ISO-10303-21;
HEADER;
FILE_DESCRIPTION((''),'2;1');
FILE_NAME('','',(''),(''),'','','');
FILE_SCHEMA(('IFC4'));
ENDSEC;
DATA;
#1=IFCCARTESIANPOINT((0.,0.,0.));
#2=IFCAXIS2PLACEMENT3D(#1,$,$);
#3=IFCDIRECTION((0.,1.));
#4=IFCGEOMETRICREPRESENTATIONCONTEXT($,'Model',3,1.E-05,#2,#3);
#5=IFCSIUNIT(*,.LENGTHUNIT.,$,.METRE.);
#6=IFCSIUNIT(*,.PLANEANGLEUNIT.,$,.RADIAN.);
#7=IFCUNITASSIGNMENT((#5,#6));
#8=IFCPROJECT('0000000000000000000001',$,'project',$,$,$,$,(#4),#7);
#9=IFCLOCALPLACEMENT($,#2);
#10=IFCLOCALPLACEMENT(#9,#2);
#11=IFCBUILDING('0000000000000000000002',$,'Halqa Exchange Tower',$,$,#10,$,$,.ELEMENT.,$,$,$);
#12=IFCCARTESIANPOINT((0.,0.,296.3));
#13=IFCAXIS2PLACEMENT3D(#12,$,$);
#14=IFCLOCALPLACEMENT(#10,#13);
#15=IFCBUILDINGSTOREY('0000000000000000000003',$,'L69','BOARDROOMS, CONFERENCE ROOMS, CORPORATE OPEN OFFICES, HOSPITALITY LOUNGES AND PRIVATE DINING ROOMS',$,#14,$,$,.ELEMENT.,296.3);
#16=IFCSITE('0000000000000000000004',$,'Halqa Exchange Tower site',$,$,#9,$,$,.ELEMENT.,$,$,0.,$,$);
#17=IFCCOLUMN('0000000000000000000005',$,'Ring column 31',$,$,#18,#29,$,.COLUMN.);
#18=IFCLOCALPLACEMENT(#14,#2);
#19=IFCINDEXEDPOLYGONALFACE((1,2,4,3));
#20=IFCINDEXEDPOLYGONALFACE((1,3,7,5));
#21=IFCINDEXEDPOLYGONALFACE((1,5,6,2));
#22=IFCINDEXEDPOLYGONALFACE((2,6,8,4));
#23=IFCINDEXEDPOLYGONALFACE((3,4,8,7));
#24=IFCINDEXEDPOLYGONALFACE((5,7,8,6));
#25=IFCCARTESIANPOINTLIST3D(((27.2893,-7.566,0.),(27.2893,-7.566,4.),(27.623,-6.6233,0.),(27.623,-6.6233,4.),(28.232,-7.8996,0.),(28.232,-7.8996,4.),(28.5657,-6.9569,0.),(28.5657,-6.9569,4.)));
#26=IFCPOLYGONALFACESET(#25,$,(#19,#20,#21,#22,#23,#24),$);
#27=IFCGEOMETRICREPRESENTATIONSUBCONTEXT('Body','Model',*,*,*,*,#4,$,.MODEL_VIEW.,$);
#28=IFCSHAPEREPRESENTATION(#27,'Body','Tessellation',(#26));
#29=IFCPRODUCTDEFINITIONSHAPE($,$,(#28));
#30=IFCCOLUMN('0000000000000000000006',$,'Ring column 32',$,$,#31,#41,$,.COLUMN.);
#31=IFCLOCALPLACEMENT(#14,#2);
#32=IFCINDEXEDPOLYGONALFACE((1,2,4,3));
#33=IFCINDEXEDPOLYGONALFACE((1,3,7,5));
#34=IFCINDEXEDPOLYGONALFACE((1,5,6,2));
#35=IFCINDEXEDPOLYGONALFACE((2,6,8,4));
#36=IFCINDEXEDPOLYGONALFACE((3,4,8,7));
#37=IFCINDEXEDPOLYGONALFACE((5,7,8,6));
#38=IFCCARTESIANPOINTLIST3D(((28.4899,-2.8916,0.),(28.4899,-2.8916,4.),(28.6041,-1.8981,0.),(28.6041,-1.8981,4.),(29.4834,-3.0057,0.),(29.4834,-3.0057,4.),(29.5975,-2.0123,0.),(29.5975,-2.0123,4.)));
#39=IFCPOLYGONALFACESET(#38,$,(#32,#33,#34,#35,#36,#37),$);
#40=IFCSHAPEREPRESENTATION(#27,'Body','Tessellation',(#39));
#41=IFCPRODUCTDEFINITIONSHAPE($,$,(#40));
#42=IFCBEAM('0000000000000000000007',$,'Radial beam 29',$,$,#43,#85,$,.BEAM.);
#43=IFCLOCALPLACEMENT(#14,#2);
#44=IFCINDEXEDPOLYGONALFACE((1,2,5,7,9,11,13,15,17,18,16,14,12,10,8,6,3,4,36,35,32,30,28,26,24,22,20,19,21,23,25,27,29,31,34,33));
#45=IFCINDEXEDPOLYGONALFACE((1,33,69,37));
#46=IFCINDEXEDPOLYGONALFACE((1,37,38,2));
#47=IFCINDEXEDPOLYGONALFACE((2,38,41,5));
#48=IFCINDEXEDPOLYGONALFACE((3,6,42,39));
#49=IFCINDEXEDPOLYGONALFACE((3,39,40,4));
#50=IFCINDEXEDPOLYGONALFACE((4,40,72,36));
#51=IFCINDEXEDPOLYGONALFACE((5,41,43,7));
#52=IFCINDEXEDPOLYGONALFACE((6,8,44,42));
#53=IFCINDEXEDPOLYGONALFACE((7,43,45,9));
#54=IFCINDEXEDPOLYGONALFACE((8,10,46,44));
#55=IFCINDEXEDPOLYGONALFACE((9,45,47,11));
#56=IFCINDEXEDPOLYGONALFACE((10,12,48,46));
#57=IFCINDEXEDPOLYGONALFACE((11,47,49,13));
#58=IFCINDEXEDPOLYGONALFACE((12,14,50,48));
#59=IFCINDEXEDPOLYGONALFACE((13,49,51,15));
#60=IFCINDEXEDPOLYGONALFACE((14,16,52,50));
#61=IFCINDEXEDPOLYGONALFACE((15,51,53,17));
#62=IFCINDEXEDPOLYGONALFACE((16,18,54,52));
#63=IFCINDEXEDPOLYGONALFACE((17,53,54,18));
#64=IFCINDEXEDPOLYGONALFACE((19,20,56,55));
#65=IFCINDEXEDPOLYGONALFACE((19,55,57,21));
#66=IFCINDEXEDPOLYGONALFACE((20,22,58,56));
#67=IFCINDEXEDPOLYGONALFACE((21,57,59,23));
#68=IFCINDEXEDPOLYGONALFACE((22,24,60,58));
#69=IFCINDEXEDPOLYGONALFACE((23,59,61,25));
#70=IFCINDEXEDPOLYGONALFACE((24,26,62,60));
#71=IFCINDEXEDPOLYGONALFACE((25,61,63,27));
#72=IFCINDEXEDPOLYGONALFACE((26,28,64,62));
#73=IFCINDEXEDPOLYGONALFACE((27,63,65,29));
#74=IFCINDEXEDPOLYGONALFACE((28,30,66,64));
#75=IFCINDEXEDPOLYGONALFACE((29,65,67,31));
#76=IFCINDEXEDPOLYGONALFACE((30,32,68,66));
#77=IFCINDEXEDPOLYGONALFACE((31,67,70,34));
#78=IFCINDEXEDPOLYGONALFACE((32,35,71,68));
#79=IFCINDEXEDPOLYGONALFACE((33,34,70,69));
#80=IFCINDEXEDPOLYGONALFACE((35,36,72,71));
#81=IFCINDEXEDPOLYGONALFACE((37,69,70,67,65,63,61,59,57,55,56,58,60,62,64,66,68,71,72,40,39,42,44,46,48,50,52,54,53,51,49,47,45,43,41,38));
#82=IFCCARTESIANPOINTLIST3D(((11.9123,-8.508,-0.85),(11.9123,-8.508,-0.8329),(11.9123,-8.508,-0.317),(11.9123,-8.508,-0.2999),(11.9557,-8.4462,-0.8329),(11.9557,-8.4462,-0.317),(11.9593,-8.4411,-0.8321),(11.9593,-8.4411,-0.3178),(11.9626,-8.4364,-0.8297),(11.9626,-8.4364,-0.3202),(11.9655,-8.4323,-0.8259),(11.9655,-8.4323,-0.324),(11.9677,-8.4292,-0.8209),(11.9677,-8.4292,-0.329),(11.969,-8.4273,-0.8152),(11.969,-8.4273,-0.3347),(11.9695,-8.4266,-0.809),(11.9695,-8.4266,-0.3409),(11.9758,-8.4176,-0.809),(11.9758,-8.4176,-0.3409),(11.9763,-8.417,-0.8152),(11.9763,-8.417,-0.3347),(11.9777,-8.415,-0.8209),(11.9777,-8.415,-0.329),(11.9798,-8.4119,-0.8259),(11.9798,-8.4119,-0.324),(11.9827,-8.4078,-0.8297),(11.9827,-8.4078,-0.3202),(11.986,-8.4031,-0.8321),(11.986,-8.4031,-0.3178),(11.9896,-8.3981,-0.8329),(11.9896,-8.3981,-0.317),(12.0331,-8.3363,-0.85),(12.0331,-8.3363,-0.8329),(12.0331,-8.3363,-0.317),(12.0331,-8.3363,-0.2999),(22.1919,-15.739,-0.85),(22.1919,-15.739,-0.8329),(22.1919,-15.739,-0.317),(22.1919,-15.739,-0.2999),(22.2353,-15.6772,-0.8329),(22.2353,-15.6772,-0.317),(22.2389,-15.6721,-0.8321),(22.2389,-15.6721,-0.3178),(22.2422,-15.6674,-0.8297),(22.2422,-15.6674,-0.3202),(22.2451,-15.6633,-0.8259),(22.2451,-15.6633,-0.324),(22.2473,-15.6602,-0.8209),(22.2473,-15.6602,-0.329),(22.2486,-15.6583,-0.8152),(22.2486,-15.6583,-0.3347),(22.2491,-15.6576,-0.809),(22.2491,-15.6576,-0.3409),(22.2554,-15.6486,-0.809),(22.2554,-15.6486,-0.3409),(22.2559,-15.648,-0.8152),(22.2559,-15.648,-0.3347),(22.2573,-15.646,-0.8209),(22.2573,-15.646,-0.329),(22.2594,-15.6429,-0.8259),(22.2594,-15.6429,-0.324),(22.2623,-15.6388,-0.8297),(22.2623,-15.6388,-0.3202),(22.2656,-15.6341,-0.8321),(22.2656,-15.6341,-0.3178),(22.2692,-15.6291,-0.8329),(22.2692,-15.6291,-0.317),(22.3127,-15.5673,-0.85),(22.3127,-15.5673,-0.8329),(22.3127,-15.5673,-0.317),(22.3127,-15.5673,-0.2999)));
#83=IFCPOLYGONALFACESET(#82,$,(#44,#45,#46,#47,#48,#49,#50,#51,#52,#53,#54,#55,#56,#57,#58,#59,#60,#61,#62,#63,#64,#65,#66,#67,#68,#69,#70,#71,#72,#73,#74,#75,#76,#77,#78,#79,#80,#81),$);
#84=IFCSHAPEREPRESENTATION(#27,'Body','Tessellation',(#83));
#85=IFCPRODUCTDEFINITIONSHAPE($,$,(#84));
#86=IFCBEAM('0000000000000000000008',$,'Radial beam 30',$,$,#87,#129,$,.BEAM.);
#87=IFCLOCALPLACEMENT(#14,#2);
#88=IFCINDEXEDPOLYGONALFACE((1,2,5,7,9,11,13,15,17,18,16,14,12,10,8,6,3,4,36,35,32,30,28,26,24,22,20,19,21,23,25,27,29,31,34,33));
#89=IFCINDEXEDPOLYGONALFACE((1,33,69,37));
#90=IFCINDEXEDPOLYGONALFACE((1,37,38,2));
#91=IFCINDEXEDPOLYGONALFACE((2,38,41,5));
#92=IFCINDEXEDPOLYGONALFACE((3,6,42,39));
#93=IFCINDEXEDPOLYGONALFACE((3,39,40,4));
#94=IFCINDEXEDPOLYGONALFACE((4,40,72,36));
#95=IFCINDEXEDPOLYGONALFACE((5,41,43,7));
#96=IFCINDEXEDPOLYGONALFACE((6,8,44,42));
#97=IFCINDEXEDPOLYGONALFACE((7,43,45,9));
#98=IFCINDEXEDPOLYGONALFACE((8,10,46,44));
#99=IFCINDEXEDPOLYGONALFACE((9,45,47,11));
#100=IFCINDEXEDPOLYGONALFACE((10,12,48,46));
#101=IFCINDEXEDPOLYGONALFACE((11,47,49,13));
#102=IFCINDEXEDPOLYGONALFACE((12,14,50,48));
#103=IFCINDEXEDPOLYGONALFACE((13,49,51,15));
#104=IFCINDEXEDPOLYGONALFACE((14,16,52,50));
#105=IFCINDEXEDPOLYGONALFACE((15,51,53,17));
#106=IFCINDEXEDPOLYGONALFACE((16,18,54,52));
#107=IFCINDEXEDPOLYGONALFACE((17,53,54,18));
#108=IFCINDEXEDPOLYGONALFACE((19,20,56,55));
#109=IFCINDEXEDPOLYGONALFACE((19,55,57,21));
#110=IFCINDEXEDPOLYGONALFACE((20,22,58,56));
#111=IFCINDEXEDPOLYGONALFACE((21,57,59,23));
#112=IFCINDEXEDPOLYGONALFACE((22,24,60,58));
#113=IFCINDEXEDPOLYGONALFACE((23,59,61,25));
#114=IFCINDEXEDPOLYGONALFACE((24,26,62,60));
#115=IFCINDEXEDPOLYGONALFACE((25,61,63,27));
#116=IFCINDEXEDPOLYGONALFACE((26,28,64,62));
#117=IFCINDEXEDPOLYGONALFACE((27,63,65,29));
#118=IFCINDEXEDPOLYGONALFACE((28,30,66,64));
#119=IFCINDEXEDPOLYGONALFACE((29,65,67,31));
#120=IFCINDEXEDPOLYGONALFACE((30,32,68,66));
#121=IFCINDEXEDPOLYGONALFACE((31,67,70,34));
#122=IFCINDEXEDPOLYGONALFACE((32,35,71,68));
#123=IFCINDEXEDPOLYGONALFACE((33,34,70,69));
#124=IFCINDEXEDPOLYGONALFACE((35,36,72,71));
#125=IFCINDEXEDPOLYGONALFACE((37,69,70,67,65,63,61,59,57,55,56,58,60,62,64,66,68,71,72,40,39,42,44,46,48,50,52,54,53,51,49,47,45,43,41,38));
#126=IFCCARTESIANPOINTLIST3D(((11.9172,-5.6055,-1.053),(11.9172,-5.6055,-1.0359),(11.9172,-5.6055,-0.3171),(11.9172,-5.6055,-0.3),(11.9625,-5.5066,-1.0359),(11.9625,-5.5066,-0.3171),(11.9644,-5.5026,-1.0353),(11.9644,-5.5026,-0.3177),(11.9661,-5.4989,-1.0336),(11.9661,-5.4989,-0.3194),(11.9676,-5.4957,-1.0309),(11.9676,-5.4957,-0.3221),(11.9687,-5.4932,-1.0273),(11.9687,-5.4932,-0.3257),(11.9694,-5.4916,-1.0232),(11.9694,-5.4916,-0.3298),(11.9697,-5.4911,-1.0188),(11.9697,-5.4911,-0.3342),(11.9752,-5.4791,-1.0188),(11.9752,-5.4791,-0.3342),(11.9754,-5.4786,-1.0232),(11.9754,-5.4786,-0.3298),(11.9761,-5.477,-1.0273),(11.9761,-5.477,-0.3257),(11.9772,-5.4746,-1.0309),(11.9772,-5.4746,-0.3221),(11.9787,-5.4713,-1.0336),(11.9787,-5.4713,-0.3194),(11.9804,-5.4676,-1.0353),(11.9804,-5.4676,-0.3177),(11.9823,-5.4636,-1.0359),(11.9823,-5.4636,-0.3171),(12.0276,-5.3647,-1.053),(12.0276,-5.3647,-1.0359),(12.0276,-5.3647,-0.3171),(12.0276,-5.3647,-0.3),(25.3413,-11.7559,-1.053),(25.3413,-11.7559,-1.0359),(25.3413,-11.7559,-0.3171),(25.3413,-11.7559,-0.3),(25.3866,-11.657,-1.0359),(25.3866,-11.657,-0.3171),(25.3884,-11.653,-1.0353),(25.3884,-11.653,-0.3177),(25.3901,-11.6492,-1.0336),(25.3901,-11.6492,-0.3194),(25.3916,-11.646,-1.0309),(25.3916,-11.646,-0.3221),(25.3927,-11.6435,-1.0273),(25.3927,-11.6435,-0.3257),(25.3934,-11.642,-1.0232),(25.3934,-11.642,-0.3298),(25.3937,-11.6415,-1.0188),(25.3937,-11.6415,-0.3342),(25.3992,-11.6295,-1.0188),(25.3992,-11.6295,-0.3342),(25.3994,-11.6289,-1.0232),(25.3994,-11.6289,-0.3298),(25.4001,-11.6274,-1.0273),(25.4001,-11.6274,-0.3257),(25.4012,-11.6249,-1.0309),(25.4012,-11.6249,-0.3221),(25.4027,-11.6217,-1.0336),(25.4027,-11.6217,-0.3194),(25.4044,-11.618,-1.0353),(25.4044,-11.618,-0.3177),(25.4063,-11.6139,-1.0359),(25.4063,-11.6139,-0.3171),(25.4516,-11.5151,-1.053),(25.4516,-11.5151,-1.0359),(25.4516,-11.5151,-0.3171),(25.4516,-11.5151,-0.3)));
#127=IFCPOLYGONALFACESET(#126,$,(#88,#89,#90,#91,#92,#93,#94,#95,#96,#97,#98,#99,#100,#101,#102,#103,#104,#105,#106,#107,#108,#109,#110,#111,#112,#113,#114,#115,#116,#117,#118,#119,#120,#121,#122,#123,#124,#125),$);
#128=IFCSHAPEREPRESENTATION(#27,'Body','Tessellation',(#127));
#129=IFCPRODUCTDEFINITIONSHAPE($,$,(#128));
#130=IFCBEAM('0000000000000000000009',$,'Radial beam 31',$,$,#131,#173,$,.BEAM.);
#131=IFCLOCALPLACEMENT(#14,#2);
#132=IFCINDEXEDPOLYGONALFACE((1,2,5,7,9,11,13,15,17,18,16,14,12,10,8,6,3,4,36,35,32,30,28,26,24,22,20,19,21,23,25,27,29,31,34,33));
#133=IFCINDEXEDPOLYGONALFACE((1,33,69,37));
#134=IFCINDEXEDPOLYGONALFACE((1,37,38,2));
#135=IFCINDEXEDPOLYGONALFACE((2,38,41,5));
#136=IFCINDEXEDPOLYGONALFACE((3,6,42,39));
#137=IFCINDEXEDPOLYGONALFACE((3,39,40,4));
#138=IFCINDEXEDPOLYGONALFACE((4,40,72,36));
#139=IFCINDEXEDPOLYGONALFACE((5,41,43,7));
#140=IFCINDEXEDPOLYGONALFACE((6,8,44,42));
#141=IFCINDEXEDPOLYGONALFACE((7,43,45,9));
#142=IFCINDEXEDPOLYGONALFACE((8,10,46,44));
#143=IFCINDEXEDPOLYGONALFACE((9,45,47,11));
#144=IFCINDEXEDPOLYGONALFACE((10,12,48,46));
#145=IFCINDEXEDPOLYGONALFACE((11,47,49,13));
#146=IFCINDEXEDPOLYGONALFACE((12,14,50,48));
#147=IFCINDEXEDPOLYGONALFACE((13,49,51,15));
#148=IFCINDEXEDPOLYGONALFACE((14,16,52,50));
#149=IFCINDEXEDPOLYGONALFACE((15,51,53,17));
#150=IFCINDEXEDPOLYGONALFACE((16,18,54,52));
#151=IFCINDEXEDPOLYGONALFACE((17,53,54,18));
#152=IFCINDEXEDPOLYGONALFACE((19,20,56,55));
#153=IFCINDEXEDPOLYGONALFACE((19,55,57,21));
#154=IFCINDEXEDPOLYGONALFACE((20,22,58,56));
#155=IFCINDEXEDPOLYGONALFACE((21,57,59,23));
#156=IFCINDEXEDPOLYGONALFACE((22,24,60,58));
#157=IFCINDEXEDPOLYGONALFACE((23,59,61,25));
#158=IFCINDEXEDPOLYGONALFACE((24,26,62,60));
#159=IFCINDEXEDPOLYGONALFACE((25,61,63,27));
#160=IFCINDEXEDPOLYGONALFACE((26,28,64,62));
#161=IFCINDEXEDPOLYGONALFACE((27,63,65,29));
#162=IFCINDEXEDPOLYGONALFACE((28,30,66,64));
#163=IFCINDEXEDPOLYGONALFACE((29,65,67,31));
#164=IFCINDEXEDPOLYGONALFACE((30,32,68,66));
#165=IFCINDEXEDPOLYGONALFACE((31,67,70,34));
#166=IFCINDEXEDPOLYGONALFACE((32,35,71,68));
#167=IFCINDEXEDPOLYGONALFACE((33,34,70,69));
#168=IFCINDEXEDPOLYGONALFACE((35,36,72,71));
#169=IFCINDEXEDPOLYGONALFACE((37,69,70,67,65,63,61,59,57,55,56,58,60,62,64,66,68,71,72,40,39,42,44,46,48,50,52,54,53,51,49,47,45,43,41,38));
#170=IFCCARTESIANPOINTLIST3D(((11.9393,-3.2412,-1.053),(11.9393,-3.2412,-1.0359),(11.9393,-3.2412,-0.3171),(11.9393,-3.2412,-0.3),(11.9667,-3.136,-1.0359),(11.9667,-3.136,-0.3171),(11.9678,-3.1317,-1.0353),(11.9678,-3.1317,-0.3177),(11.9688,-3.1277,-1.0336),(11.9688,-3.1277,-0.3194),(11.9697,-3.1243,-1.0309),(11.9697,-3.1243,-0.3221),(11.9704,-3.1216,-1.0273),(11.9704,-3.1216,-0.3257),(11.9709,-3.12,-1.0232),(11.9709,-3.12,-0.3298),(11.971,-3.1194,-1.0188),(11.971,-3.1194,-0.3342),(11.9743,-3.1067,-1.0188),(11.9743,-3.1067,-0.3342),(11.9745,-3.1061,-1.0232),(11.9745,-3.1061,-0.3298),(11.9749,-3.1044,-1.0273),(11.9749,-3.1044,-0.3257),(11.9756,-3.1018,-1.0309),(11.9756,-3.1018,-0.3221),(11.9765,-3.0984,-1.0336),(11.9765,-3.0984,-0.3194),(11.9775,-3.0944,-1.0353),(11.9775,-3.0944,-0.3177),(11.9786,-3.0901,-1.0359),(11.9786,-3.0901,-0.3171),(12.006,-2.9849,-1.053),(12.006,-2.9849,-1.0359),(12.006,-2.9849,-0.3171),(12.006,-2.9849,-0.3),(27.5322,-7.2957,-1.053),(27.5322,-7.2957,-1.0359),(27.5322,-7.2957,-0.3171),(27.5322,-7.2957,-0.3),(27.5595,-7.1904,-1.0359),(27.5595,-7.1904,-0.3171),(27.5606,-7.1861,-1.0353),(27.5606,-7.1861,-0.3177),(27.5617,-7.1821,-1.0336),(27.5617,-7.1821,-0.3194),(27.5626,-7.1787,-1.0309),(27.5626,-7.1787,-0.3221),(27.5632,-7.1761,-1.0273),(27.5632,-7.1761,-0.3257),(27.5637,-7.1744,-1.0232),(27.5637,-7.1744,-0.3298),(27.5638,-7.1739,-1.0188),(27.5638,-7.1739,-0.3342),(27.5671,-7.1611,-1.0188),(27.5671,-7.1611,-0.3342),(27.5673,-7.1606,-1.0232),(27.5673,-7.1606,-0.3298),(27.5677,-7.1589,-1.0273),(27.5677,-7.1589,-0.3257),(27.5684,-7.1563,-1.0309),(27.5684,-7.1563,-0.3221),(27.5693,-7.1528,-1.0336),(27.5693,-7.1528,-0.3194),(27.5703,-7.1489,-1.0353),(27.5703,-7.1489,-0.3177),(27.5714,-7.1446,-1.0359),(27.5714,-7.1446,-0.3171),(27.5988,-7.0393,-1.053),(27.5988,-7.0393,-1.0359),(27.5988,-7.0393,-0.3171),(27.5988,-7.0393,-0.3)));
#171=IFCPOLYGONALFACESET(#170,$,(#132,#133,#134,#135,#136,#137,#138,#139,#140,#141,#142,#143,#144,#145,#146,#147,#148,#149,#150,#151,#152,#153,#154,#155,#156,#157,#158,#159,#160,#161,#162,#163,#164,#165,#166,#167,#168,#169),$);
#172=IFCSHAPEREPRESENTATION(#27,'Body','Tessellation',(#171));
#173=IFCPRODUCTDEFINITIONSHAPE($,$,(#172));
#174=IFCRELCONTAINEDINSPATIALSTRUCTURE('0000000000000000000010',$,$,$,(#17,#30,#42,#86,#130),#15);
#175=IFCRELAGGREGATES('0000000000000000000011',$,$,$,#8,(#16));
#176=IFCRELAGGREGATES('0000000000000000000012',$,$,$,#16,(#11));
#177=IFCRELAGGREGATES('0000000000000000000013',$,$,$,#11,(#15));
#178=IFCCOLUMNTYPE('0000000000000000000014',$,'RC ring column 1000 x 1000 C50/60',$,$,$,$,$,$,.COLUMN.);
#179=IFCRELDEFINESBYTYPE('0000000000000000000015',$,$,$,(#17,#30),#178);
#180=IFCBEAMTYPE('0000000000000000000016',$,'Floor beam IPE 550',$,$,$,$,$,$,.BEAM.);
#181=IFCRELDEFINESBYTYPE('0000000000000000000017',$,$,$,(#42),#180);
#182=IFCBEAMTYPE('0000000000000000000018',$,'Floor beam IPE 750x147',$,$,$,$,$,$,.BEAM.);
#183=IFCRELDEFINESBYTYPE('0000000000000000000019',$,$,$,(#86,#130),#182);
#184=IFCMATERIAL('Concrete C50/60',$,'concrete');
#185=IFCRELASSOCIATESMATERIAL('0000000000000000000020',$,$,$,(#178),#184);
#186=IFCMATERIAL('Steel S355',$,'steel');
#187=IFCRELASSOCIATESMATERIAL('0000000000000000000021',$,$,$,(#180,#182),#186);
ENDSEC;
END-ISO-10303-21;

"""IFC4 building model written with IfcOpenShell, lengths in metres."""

from ifc_helpers import new_model, si_unit, direction, frame, origin, origin_2d, place, context, subcontext, project, spatial, rectangle, i_section, extrude, material, material_profile, profile_set, type_object, element, save


model = new_model("IFC4")

# Units and contexts
model_context = context("Model", 3, precision=1e-05, world=origin(), true_north=direction((0.0, 1.0)))
body_context = subcontext(model_context, "Body", "Model", "MODEL_VIEW")
ifc_project = project(units=[si_unit("LENGTHUNIT", "METRE"), si_unit("PLANEANGLEUNIT", "RADIAN")], contexts=[model_context])

# Site, building, storey
site_placement = place(None, origin())
site = spatial("IfcSite", under=ifc_project, at=site_placement, Name="Halqa Exchange Tower site", CompositionType="ELEMENT", RefElevation=0.0)
building_placement = place(site_placement, origin())
building = spatial("IfcBuilding", under=site, at=building_placement, Name="Halqa Exchange Tower", CompositionType="ELEMENT")
storey_placement = place(building_placement, frame((0.0, 0.0, 296.3)))
storey = spatial("IfcBuildingStorey", under=building, at=storey_placement, Name="L69", Description="BOARDROOMS, CONFERENCE ROOMS, CORPORATE OPEN OFFICES, HOSPITALITY LOUNGES AND PRIVATE DINING ROOMS", CompositionType="ELEMENT", Elevation=296.3)

# Columns
ifc_material_1 = material(Name="Concrete C50/60", Category="concrete")
ifc_material_profile_1 = material_profile(ifc_material_1, rectangle(XDim=1.0, YDim=1.0, at=origin_2d()), Name="1000 x 1000")
ifc_profile_set_1 = profile_set([ifc_material_profile_1], Name="Concrete C50/60")
column_type = type_object("IfcColumnType", Name="RC ring column 1000 x 1000 C50/60", PredefinedType="COLUMN", material=ifc_profile_set_1)
for number, where, z_axis, x_axis, name in (
    (1, (27.9275, -7.2615, 0.0), (0.0, 0.0, 1.0), (0.333628, 0.942705, 0.0), "Ring column 31"),
    (2, (29.0437, -2.4519, 0.0), (0.0, 0.0, 1.0), (0.114162, 0.993462, 0.0), "Ring column 32"),
):
    element("IfcColumn", number, at=place(storey_placement, frame(where, z_axis=z_axis, x_axis=x_axis)), inside=storey, type_object=column_type, Name=name, PredefinedType="COLUMN", context=body_context, shape_type="SweptSolid", body=[
        extrude(rectangle(XDim=1.0, YDim=1.0, at=origin_2d()), origin(), (0.0, 0.0, 1.0), 4.0),
    ])

# Beams
ifc_material_2 = material(Name="Steel S355", Category="steel")
ifc_material_profile_2 = material_profile(ifc_material_2, i_section(OverallWidth=0.21, OverallDepth=0.55, WebThickness=0.011, FlangeThickness=0.0171, FilletRadius=0.0239, at=origin_2d()), Name="IPE 550")
ifc_profile_set_2 = profile_set([ifc_material_profile_2], Name="Steel S355")
beam_type_1 = type_object("IfcBeamType", Name="Floor beam IPE 550", PredefinedType="BEAM", material=ifc_profile_set_2)
beam_1_placement = place(storey_placement, frame((11.9727, -8.4221, -0.575), z_axis=(0.817911, -0.575345, 0.0), x_axis=(0.575345, 0.817911, 0.0)))
element("IfcBeam", 3, at=beam_1_placement, inside=storey, type_object=beam_type_1, Name="Radial beam 29", PredefinedType="BEAM", context=body_context, shape_type="SweptSolid", body=[
    extrude(i_section(OverallWidth=0.21, OverallDepth=0.55, WebThickness=0.011, FlangeThickness=0.0171, FilletRadius=0.0239, at=origin_2d()), origin(), (0.0, 0.0, 1.0), 12.5681),
])
ifc_material_profile_3 = material_profile(ifc_material_2, i_section(OverallWidth=0.2649, OverallDepth=0.7529, WebThickness=0.0132, FlangeThickness=0.0171, FilletRadius=0.0171, at=origin_2d()), Name="IPE 750x147")
ifc_profile_set_3 = profile_set([ifc_material_profile_3], Name="Steel S355")
beam_type_2 = type_object("IfcBeamType", Name="Floor beam IPE 750x147", PredefinedType="BEAM", material=ifc_profile_set_3)
beam_2_placement = place(storey_placement, frame((11.9724, -5.4851, -0.6765), z_axis=(0.909124, -0.416525, 0.0), x_axis=(0.416525, 0.909124, 0.0)))
element("IfcBeam", 4, at=beam_2_placement, inside=storey, type_object=beam_type_2, Name="Radial beam 30", PredefinedType="BEAM", context=body_context, shape_type="SweptSolid", body=[
    extrude(i_section(OverallWidth=0.2649, OverallDepth=0.7529, WebThickness=0.0132, FlangeThickness=0.0171, FilletRadius=0.0171, at=origin_2d()), origin(), (0.0, 0.0, 1.0), 14.7659),
])
beam_3_placement = place(storey_placement, frame((11.9727, -3.113, -0.6765), z_axis=(0.967818, -0.251653, 0.0), x_axis=(0.251653, 0.967818, 0.0)))
element("IfcBeam", 5, at=beam_3_placement, inside=storey, type_object=beam_type_2, Name="Radial beam 31", PredefinedType="BEAM", context=body_context, shape_type="SweptSolid", body=[
    extrude(i_section(OverallWidth=0.2649, OverallDepth=0.7529, WebThickness=0.0132, FlangeThickness=0.0171, FilletRadius=0.0171, at=origin_2d()), origin(), (0.0, 0.0, 1.0), 16.1113),
])

save(model, "model.ifc")
